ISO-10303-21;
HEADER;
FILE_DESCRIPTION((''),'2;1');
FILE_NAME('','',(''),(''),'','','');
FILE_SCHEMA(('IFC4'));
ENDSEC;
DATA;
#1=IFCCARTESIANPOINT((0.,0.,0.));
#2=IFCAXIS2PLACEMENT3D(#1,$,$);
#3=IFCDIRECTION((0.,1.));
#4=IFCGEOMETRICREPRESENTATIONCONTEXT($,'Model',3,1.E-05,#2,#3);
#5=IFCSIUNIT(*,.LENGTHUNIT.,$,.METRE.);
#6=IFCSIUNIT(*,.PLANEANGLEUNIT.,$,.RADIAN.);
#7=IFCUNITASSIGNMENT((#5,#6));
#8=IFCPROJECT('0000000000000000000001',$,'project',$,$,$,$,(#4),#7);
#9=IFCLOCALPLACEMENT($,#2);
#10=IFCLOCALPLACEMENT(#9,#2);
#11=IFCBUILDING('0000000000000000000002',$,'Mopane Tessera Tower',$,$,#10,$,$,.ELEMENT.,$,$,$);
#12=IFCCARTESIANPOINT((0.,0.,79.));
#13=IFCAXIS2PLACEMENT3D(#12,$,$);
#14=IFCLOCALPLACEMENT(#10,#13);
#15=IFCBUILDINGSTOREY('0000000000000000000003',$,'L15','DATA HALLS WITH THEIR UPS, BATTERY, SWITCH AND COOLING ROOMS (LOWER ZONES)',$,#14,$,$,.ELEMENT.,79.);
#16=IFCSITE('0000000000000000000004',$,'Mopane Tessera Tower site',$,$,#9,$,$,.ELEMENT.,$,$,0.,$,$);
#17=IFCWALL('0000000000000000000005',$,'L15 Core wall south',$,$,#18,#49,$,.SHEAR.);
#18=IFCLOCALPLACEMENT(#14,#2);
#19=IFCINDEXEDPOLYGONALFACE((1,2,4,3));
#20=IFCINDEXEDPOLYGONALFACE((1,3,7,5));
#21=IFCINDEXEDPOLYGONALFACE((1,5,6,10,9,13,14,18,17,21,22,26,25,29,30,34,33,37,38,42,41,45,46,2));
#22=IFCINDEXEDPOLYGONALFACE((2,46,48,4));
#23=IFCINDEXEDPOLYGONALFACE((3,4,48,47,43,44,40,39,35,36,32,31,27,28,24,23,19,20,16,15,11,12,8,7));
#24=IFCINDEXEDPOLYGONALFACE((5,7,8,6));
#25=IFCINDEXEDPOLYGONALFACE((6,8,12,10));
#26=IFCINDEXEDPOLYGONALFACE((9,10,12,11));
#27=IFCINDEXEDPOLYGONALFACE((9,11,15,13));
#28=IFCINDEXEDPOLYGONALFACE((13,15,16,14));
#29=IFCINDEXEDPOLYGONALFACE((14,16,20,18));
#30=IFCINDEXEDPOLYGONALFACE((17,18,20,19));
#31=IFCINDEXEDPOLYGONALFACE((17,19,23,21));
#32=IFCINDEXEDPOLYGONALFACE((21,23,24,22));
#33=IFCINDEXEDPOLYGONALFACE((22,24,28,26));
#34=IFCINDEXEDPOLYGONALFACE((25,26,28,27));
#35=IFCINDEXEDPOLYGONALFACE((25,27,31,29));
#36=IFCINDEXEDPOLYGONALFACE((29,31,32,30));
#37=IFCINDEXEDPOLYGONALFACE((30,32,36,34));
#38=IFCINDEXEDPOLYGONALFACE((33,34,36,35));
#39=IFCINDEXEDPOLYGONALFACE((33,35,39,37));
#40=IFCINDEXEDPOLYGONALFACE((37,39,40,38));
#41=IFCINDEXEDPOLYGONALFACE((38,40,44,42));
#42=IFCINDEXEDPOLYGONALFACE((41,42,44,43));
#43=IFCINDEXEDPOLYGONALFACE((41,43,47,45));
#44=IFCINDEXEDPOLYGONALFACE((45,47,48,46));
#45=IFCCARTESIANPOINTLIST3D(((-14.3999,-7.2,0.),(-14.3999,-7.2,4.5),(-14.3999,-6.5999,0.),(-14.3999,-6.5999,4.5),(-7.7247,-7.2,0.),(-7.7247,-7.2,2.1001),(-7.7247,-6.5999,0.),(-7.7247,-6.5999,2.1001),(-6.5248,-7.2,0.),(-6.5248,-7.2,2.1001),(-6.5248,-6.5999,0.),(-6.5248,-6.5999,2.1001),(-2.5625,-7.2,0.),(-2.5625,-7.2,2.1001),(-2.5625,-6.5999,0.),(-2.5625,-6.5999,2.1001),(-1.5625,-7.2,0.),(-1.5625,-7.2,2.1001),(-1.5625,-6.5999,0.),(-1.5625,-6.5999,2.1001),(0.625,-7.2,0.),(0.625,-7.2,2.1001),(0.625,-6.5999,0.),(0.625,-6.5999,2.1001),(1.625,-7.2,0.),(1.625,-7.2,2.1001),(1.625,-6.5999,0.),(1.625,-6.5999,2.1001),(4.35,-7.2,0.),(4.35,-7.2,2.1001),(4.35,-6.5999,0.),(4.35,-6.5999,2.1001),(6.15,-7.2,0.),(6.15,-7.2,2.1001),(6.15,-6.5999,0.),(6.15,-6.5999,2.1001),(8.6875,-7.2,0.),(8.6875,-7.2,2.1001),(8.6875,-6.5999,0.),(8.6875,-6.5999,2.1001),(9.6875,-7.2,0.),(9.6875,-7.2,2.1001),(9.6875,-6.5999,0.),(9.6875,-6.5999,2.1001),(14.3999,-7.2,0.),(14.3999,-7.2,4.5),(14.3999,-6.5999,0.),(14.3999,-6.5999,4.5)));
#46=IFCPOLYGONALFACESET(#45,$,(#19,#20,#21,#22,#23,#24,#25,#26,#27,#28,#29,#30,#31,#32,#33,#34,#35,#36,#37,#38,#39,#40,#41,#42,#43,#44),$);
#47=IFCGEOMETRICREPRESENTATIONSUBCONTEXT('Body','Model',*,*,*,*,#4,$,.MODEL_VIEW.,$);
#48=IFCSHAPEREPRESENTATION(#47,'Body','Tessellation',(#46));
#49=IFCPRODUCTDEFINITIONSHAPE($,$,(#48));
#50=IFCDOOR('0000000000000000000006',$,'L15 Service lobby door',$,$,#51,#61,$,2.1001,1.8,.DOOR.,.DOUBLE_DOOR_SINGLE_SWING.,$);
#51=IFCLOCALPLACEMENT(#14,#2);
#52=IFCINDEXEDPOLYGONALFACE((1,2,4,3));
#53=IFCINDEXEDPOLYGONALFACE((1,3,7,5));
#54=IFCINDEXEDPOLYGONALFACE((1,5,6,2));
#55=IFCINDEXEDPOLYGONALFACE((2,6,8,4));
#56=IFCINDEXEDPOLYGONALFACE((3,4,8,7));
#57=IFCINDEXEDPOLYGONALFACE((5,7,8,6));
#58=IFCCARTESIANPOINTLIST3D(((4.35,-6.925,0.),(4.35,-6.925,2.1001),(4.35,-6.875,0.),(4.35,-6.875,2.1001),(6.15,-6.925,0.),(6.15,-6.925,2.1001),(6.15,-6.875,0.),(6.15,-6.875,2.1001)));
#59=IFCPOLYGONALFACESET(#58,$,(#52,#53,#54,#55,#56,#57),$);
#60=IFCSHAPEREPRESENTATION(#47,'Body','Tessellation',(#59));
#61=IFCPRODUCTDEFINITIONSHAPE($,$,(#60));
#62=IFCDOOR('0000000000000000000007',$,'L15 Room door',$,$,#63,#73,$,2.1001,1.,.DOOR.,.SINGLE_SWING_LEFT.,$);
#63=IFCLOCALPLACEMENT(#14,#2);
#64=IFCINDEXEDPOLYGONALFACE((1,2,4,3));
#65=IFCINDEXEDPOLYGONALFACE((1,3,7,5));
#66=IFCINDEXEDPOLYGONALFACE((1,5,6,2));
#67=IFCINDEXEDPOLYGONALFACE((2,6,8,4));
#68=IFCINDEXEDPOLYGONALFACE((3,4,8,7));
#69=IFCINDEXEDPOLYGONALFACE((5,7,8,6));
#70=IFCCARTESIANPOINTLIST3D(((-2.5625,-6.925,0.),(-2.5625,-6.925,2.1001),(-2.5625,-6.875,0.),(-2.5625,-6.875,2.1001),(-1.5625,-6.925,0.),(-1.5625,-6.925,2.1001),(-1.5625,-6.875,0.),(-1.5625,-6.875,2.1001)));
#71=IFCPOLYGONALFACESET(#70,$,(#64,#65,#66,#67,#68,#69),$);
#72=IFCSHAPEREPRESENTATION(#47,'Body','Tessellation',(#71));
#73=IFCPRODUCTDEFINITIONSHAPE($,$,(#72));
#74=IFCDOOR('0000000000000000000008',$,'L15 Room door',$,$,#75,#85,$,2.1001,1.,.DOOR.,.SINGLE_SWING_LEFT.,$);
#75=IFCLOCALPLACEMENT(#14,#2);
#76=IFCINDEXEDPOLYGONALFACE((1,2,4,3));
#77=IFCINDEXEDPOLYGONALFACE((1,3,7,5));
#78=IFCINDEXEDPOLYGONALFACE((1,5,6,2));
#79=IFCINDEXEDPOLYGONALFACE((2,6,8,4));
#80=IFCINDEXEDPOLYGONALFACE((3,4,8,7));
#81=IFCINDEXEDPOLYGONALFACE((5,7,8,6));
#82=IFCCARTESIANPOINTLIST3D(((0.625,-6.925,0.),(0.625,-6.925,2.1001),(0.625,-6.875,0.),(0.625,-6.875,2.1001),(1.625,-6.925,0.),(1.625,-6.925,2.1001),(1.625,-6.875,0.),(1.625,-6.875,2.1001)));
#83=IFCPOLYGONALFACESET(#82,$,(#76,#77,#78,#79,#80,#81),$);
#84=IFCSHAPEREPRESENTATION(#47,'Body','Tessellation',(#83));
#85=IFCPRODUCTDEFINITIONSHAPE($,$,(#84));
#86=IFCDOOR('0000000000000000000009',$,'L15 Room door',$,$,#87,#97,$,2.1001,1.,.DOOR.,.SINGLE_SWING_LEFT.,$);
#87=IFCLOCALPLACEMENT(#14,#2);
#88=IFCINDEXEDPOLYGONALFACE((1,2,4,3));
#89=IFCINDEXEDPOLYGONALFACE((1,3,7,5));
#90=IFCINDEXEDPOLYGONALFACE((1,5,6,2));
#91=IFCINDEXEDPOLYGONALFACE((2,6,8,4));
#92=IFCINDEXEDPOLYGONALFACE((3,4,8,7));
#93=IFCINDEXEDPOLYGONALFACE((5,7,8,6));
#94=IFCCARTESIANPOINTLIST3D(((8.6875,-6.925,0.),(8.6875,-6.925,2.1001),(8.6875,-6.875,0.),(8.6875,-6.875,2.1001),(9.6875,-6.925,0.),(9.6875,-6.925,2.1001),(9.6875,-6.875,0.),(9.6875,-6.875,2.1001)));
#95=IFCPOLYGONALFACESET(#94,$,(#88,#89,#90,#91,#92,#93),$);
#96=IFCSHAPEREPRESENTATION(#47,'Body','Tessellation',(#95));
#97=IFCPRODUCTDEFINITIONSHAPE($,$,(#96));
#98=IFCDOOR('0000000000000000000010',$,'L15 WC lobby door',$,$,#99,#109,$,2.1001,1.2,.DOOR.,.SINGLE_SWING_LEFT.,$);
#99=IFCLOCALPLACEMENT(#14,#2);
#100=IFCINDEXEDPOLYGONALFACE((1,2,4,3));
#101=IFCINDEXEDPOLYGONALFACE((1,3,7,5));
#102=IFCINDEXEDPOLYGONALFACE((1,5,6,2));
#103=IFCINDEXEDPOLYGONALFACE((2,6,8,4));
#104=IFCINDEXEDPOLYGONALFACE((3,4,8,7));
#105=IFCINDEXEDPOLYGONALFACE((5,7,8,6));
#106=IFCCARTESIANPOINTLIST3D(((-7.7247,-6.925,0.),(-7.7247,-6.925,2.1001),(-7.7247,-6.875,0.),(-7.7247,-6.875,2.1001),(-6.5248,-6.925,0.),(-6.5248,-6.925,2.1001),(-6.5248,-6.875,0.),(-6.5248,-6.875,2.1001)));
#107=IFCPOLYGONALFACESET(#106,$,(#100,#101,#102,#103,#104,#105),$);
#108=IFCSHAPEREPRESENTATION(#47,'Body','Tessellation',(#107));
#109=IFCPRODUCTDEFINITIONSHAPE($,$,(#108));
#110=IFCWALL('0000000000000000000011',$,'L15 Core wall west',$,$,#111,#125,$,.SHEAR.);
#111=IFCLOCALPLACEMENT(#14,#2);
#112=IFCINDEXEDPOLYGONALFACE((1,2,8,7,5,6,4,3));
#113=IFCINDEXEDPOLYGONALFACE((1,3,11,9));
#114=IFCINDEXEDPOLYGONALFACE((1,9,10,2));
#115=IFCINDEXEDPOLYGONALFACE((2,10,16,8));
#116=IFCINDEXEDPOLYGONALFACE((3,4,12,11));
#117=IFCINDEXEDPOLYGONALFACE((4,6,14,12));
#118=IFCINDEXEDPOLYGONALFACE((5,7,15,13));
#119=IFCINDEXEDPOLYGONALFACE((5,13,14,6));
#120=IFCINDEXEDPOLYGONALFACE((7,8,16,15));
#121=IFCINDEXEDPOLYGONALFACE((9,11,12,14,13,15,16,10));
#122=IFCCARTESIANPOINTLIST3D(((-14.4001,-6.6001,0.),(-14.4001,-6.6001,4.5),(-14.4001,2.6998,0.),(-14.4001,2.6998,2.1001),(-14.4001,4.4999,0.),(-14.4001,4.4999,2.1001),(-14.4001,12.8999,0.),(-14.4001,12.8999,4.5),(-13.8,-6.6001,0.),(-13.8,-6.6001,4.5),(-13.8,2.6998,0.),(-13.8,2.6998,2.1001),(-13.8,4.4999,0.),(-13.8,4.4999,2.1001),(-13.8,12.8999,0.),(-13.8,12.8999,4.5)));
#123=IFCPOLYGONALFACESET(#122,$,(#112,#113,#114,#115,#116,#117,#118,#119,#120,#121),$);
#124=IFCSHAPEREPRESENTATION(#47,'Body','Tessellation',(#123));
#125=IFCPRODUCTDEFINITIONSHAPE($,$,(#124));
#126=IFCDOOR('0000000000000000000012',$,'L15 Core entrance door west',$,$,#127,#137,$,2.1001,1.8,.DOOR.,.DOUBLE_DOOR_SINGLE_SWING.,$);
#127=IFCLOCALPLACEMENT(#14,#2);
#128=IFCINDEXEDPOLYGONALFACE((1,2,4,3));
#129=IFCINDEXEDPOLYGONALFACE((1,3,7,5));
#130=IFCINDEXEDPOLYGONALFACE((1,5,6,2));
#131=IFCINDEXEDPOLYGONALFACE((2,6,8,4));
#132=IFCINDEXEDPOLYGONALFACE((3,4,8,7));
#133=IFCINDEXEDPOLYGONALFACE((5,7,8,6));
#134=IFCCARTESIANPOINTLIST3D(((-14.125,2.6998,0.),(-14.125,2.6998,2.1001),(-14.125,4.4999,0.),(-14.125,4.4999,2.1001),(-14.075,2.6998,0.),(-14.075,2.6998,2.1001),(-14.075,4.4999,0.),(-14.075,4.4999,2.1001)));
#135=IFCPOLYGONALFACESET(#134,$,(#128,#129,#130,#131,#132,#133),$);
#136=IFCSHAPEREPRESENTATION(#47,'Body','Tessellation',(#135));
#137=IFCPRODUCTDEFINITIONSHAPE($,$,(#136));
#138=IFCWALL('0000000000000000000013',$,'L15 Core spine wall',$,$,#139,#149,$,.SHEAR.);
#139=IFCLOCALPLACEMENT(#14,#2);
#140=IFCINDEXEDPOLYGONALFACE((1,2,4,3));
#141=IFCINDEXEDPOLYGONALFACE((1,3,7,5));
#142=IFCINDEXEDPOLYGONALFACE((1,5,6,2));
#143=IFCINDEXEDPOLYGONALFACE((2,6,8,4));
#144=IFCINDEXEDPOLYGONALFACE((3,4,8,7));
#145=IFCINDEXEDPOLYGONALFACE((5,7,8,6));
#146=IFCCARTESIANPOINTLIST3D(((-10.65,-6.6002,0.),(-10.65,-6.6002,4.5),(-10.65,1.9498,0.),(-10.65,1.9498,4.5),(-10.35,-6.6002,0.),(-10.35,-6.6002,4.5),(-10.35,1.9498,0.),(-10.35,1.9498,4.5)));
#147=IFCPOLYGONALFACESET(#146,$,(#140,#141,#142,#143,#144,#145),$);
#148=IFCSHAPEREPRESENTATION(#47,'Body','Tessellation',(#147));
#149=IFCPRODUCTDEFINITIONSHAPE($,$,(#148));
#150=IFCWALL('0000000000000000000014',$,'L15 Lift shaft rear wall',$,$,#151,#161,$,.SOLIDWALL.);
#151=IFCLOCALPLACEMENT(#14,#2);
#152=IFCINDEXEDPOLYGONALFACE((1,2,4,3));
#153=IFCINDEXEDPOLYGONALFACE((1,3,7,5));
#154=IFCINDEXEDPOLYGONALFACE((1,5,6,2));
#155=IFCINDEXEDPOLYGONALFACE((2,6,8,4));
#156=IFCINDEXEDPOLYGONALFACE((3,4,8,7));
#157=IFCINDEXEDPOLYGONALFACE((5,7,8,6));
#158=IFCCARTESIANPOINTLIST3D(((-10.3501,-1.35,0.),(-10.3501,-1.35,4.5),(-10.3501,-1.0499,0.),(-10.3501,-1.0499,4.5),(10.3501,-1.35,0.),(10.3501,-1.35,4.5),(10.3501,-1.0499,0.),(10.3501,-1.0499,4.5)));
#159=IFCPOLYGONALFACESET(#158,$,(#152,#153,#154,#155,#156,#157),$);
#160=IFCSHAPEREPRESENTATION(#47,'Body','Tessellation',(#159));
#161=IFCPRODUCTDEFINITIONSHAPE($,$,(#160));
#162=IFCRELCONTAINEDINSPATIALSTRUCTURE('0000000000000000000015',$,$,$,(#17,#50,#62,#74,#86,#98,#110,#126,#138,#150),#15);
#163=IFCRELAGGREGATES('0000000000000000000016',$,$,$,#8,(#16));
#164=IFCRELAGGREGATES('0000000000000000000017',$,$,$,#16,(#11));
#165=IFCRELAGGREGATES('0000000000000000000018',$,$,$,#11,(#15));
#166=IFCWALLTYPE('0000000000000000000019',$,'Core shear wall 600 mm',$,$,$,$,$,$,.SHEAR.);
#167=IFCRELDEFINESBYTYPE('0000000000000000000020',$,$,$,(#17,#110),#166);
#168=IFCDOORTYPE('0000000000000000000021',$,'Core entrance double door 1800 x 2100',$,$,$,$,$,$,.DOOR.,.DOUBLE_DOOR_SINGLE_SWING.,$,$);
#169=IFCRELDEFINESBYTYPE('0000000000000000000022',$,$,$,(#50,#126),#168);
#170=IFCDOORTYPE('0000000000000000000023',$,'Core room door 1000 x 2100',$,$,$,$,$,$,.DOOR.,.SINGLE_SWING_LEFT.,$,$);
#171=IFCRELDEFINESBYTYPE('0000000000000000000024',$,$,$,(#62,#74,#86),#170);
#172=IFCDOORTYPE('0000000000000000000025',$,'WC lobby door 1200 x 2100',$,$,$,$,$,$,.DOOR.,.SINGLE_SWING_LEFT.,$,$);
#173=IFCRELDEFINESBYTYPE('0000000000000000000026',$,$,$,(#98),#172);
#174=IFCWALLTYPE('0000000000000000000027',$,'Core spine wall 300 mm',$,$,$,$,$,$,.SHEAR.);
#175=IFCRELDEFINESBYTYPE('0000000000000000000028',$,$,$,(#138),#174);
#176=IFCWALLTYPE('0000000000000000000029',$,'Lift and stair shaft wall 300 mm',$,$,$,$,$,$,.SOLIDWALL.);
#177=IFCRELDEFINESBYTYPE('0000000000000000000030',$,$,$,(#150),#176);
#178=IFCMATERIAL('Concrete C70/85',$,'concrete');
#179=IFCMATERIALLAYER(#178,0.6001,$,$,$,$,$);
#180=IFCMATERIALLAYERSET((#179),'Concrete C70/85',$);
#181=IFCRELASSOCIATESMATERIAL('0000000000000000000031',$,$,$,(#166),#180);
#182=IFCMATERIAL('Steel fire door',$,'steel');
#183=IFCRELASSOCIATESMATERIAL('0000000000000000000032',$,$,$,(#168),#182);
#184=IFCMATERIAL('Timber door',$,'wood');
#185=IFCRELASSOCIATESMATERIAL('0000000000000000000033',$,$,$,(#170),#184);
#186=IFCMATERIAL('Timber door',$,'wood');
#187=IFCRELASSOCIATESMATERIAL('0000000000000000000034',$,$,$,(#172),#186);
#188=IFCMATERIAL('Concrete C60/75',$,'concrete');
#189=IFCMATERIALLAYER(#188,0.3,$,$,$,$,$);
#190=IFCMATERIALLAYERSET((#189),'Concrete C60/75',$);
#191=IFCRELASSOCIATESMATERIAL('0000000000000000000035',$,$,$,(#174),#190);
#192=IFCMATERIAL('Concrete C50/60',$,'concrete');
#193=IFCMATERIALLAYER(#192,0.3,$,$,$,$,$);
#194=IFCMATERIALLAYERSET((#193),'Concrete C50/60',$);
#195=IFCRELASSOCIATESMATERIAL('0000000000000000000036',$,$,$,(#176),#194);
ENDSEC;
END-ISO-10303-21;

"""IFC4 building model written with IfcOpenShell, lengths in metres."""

from ifc_helpers import new_model, si_unit, direction, frame, frame_2d, origin, place, context, subcontext, project, spatial, rectangle, extrude, material, layer, layer_set, type_object, element, fill, save


model = new_model("IFC4")

# Units and contexts
model_context = context("Model", 3, precision=1e-05, world=origin(), true_north=direction((0.0, 1.0)))
body_context = subcontext(model_context, "Body", "Model", "MODEL_VIEW")
ifc_project = project(units=[si_unit("LENGTHUNIT", "METRE"), si_unit("PLANEANGLEUNIT", "RADIAN")], contexts=[model_context])

# Site, building, storey
site_placement = place(None, origin())
site = spatial("IfcSite", under=ifc_project, at=site_placement, Name="Mopane Tessera Tower site", CompositionType="ELEMENT", RefElevation=0.0)
building_placement = place(site_placement, origin())
building = spatial("IfcBuilding", under=site, at=building_placement, Name="Mopane Tessera Tower", CompositionType="ELEMENT")
storey_placement = place(building_placement, frame((0.0, 0.0, 79.0)))
storey = spatial("IfcBuildingStorey", under=building, at=storey_placement, Name="L15", Description="DATA HALLS WITH THEIR UPS, BATTERY, SWITCH AND COOLING ROOMS (LOWER ZONES)", CompositionType="ELEMENT", Elevation=79.0)

# Wall, openings, doors
ifc_material_1 = material(Name="Concrete C70/85", Category="concrete")
ifc_layer_1 = layer(ifc_material_1, 0.6001)
ifc_layer_set_1 = layer_set([ifc_layer_1], Name="Concrete C70/85")
wall_type_1 = type_object("IfcWallType", Name="Core shear wall 600 mm", PredefinedType="SHEAR", material=ifc_layer_set_1)
wall_1_placement = place(storey_placement, frame((-14.3999, -6.8999, 0.0), z_axis=(0.0, 0.0, 1.0), x_axis=(1.0, 0.0, 0.0)))
wall_1 = element("IfcWall", 1, at=wall_1_placement, inside=storey, type_object=wall_type_1, Name="L15 Core wall south", PredefinedType="SHEAR", context=body_context, shape_type="SweptSolid", body=[
    extrude(rectangle(XDim=28.7998, YDim=0.6001, at=frame_2d((14.3999, 0.0))), origin(), (0.0, 0.0, 1.0), 4.5),
])
opening_1_placement = place(wall_1_placement, frame((6.675, 0.0, 0.0)))
opening_1 = element("IfcOpeningElement", 2, at=opening_1_placement, cuts=wall_1, PredefinedType="OPENING", context=body_context, shape_type="SweptSolid", body=[
    extrude(rectangle(XDim=1.2, YDim=2.1001, at=frame_2d((0.6001, 1.05))), frame((0.0, 0.312, 0.0), z_axis=(0.0, -1.0, 0.0), x_axis=(1.0, 0.0, 0.0)), (0.0, 0.0, 1.0), 0.624),
])
opening_2_placement = place(wall_1_placement, frame((11.8374, 0.0, 0.0)))
opening_2 = element("IfcOpeningElement", 3, at=opening_2_placement, cuts=wall_1, PredefinedType="OPENING", context=body_context, shape_type="SweptSolid", body=[
    extrude(rectangle(XDim=1.0, YDim=2.1001, at=frame_2d((0.5, 1.05))), frame((0.0, 0.312, 0.0), z_axis=(0.0, -1.0, 0.0), x_axis=(1.0, 0.0, 0.0)), (0.0, 0.0, 1.0), 0.624),
])
opening_3_placement = place(wall_1_placement, frame((15.0249, 0.0, 0.0)))
opening_3 = element("IfcOpeningElement", 4, at=opening_3_placement, cuts=wall_1, PredefinedType="OPENING", context=body_context, shape_type="SweptSolid", body=[
    extrude(rectangle(XDim=1.0, YDim=2.1001, at=frame_2d((0.5, 1.05))), frame((0.0, 0.312, 0.0), z_axis=(0.0, -1.0, 0.0), x_axis=(1.0, 0.0, 0.0)), (0.0, 0.0, 1.0), 0.624),
])
opening_4_placement = place(wall_1_placement, frame((18.75, 0.0, 0.0)))
opening_4 = element("IfcOpeningElement", 5, at=opening_4_placement, cuts=wall_1, PredefinedType="OPENING", context=body_context, shape_type="SweptSolid", body=[
    extrude(rectangle(XDim=1.8, YDim=2.1001, at=frame_2d((0.8999, 1.05))), frame((0.0, 0.312, 0.0), z_axis=(0.0, -1.0, 0.0), x_axis=(1.0, 0.0, 0.0)), (0.0, 0.0, 1.0), 0.624),
])
opening_5_placement = place(wall_1_placement, frame((23.0874, 0.0, 0.0)))
opening_5 = element("IfcOpeningElement", 6, at=opening_5_placement, cuts=wall_1, PredefinedType="OPENING", context=body_context, shape_type="SweptSolid", body=[
    extrude(rectangle(XDim=1.0, YDim=2.1001, at=frame_2d((0.5, 1.05))), frame((0.0, 0.312, 0.0), z_axis=(0.0, -1.0, 0.0), x_axis=(1.0, 0.0, 0.0)), (0.0, 0.0, 1.0), 0.624),
])
ifc_material_2 = material(Name="Steel fire door", Category="steel")
door_type_1 = type_object("IfcDoorType", Name="Core entrance double door 1800 x 2100", OperationType="DOUBLE_DOOR_SINGLE_SWING", PredefinedType="DOOR", material=ifc_material_2)
door_1_placement = place(opening_4_placement, origin())
door_1 = element("IfcDoor", 7, at=door_1_placement, inside=storey, type_object=door_type_1, Name="L15 Service lobby door", OperationType="DOUBLE_DOOR_SINGLE_SWING", OverallHeight=2.1001, OverallWidth=1.8, PredefinedType="DOOR", context=body_context, shape_type="SweptSolid", body=[
    extrude(rectangle(XDim=1.8, YDim=2.1001, at=frame_2d((0.8999, 1.05))), frame((0.0, 0.0249, 0.0), z_axis=(0.0, -1.0, 0.0), x_axis=(1.0, 0.0, 0.0)), (0.0, 0.0, 1.0), 0.05),
])
fill(opening_4, door_1)
ifc_material_3 = material(Name="Timber door", Category="wood")
door_type_2 = type_object("IfcDoorType", Name="Core room door 1000 x 2100", OperationType="SINGLE_SWING_LEFT", PredefinedType="DOOR", material=ifc_material_3)
door_2_placement = place(opening_2_placement, origin())
door_2 = element("IfcDoor", 8, at=door_2_placement, inside=storey, type_object=door_type_2, Name="L15 Room door", OperationType="SINGLE_SWING_LEFT", OverallHeight=2.1001, OverallWidth=1.0, PredefinedType="DOOR", context=body_context, shape_type="SweptSolid", body=[
    extrude(rectangle(XDim=1.0, YDim=2.1001, at=frame_2d((0.5, 1.05))), frame((0.0, 0.0249, 0.0), z_axis=(0.0, -1.0, 0.0), x_axis=(1.0, 0.0, 0.0)), (0.0, 0.0, 1.0), 0.05),
])
fill(opening_2, door_2)
door_3_placement = place(opening_3_placement, origin())
door_3 = element("IfcDoor", 9, at=door_3_placement, inside=storey, type_object=door_type_2, Name="L15 Room door", OperationType="SINGLE_SWING_LEFT", OverallHeight=2.1001, OverallWidth=1.0, PredefinedType="DOOR", context=body_context, shape_type="SweptSolid", body=[
    extrude(rectangle(XDim=1.0, YDim=2.1001, at=frame_2d((0.5, 1.05))), frame((0.0, 0.0249, 0.0), z_axis=(0.0, -1.0, 0.0), x_axis=(1.0, 0.0, 0.0)), (0.0, 0.0, 1.0), 0.05),
])
fill(opening_3, door_3)
door_4_placement = place(opening_5_placement, origin())
door_4 = element("IfcDoor", 10, at=door_4_placement, inside=storey, type_object=door_type_2, Name="L15 Room door", OperationType="SINGLE_SWING_LEFT", OverallHeight=2.1001, OverallWidth=1.0, PredefinedType="DOOR", context=body_context, shape_type="SweptSolid", body=[
    extrude(rectangle(XDim=1.0, YDim=2.1001, at=frame_2d((0.5, 1.05))), frame((0.0, 0.0249, 0.0), z_axis=(0.0, -1.0, 0.0), x_axis=(1.0, 0.0, 0.0)), (0.0, 0.0, 1.0), 0.05),
])
fill(opening_5, door_4)
ifc_material_4 = material(Name="Timber door", Category="wood")
door_type_3 = type_object("IfcDoorType", Name="WC lobby door 1200 x 2100", OperationType="SINGLE_SWING_LEFT", PredefinedType="DOOR", material=ifc_material_4)
door_5_placement = place(opening_1_placement, origin())
door_5 = element("IfcDoor", 11, at=door_5_placement, inside=storey, type_object=door_type_3, Name="L15 WC lobby door", OperationType="SINGLE_SWING_LEFT", OverallHeight=2.1001, OverallWidth=1.2, PredefinedType="DOOR", context=body_context, shape_type="SweptSolid", body=[
    extrude(rectangle(XDim=1.2, YDim=2.1001, at=frame_2d((0.6001, 1.05))), frame((0.0, 0.0249, 0.0), z_axis=(0.0, -1.0, 0.0), x_axis=(1.0, 0.0, 0.0)), (0.0, 0.0, 1.0), 0.05),
])
fill(opening_1, door_5)

# Wall, opening, door
wall_2_placement = place(storey_placement, frame((-14.1001, -6.6001, 0.0), z_axis=(0.0, 0.0, 1.0), x_axis=(0.0, 1.0, 0.0)))
wall_2 = element("IfcWall", 12, at=wall_2_placement, inside=storey, type_object=wall_type_1, Name="L15 Core wall west", PredefinedType="SHEAR", context=body_context, shape_type="SweptSolid", body=[
    extrude(rectangle(XDim=19.5, YDim=0.6001, at=frame_2d((9.75, 0.0))), origin(), (0.0, 0.0, 1.0), 4.5),
])
opening_6_placement = place(wall_2_placement, frame((9.3, 0.0, 0.0)))
opening_6 = element("IfcOpeningElement", 13, at=opening_6_placement, cuts=wall_2, PredefinedType="OPENING", context=body_context, shape_type="SweptSolid", body=[
    extrude(rectangle(XDim=1.8, YDim=2.1001, at=frame_2d((0.8999, 1.05))), frame((0.0, 0.312, 0.0), z_axis=(0.0, -1.0, 0.0), x_axis=(1.0, 0.0, 0.0)), (0.0, 0.0, 1.0), 0.624),
])
door_6_placement = place(opening_6_placement, origin())
door_6 = element("IfcDoor", 14, at=door_6_placement, inside=storey, type_object=door_type_1, Name="L15 Core entrance door west", OperationType="DOUBLE_DOOR_SINGLE_SWING", OverallHeight=2.1001, OverallWidth=1.8, PredefinedType="DOOR", context=body_context, shape_type="SweptSolid", body=[
    extrude(rectangle(XDim=1.8, YDim=2.1001, at=frame_2d((0.8999, 1.05))), frame((0.0, 0.0249, 0.0), z_axis=(0.0, -1.0, 0.0), x_axis=(1.0, 0.0, 0.0)), (0.0, 0.0, 1.0), 0.05),
])
fill(opening_6, door_6)

# Walls
ifc_material_5 = material(Name="Concrete C60/75", Category="concrete")
ifc_layer_2 = layer(ifc_material_5, 0.3)
ifc_layer_set_2 = layer_set([ifc_layer_2], Name="Concrete C60/75")
wall_type_2 = type_object("IfcWallType", Name="Core spine wall 300 mm", PredefinedType="SHEAR", material=ifc_layer_set_2)
wall_3_placement = place(storey_placement, frame((-10.5, -6.6001, 0.0), z_axis=(0.0, 0.0, 1.0), x_axis=(0.0, 1.0, 0.0)))
element("IfcWall", 15, at=wall_3_placement, inside=storey, type_object=wall_type_2, Name="L15 Core spine wall", PredefinedType="SHEAR", context=body_context, shape_type="SweptSolid", body=[
    extrude(rectangle(XDim=8.55, YDim=0.3, at=frame_2d((4.2749, 0.0))), origin(), (0.0, 0.0, 1.0), 4.5),
])
ifc_material_6 = material(Name="Concrete C50/60", Category="concrete")
ifc_layer_3 = layer(ifc_material_6, 0.3)
ifc_layer_set_3 = layer_set([ifc_layer_3], Name="Concrete C50/60")
wall_type_3 = type_object("IfcWallType", Name="Lift and stair shaft wall 300 mm", PredefinedType="SOLIDWALL", material=ifc_layer_set_3)
wall_4_placement = place(storey_placement, frame((-10.3501, -1.2, 0.0), z_axis=(0.0, 0.0, 1.0), x_axis=(1.0, 0.0, 0.0)))
element("IfcWall", 16, at=wall_4_placement, inside=storey, type_object=wall_type_3, Name="L15 Lift shaft rear wall", PredefinedType="SOLIDWALL", context=body_context, shape_type="SweptSolid", body=[
    extrude(rectangle(XDim=20.7002, YDim=0.3, at=frame_2d((10.3501, 0.0))), origin(), (0.0, 0.0, 1.0), 4.5),
])

save(model, "model.ifc")
